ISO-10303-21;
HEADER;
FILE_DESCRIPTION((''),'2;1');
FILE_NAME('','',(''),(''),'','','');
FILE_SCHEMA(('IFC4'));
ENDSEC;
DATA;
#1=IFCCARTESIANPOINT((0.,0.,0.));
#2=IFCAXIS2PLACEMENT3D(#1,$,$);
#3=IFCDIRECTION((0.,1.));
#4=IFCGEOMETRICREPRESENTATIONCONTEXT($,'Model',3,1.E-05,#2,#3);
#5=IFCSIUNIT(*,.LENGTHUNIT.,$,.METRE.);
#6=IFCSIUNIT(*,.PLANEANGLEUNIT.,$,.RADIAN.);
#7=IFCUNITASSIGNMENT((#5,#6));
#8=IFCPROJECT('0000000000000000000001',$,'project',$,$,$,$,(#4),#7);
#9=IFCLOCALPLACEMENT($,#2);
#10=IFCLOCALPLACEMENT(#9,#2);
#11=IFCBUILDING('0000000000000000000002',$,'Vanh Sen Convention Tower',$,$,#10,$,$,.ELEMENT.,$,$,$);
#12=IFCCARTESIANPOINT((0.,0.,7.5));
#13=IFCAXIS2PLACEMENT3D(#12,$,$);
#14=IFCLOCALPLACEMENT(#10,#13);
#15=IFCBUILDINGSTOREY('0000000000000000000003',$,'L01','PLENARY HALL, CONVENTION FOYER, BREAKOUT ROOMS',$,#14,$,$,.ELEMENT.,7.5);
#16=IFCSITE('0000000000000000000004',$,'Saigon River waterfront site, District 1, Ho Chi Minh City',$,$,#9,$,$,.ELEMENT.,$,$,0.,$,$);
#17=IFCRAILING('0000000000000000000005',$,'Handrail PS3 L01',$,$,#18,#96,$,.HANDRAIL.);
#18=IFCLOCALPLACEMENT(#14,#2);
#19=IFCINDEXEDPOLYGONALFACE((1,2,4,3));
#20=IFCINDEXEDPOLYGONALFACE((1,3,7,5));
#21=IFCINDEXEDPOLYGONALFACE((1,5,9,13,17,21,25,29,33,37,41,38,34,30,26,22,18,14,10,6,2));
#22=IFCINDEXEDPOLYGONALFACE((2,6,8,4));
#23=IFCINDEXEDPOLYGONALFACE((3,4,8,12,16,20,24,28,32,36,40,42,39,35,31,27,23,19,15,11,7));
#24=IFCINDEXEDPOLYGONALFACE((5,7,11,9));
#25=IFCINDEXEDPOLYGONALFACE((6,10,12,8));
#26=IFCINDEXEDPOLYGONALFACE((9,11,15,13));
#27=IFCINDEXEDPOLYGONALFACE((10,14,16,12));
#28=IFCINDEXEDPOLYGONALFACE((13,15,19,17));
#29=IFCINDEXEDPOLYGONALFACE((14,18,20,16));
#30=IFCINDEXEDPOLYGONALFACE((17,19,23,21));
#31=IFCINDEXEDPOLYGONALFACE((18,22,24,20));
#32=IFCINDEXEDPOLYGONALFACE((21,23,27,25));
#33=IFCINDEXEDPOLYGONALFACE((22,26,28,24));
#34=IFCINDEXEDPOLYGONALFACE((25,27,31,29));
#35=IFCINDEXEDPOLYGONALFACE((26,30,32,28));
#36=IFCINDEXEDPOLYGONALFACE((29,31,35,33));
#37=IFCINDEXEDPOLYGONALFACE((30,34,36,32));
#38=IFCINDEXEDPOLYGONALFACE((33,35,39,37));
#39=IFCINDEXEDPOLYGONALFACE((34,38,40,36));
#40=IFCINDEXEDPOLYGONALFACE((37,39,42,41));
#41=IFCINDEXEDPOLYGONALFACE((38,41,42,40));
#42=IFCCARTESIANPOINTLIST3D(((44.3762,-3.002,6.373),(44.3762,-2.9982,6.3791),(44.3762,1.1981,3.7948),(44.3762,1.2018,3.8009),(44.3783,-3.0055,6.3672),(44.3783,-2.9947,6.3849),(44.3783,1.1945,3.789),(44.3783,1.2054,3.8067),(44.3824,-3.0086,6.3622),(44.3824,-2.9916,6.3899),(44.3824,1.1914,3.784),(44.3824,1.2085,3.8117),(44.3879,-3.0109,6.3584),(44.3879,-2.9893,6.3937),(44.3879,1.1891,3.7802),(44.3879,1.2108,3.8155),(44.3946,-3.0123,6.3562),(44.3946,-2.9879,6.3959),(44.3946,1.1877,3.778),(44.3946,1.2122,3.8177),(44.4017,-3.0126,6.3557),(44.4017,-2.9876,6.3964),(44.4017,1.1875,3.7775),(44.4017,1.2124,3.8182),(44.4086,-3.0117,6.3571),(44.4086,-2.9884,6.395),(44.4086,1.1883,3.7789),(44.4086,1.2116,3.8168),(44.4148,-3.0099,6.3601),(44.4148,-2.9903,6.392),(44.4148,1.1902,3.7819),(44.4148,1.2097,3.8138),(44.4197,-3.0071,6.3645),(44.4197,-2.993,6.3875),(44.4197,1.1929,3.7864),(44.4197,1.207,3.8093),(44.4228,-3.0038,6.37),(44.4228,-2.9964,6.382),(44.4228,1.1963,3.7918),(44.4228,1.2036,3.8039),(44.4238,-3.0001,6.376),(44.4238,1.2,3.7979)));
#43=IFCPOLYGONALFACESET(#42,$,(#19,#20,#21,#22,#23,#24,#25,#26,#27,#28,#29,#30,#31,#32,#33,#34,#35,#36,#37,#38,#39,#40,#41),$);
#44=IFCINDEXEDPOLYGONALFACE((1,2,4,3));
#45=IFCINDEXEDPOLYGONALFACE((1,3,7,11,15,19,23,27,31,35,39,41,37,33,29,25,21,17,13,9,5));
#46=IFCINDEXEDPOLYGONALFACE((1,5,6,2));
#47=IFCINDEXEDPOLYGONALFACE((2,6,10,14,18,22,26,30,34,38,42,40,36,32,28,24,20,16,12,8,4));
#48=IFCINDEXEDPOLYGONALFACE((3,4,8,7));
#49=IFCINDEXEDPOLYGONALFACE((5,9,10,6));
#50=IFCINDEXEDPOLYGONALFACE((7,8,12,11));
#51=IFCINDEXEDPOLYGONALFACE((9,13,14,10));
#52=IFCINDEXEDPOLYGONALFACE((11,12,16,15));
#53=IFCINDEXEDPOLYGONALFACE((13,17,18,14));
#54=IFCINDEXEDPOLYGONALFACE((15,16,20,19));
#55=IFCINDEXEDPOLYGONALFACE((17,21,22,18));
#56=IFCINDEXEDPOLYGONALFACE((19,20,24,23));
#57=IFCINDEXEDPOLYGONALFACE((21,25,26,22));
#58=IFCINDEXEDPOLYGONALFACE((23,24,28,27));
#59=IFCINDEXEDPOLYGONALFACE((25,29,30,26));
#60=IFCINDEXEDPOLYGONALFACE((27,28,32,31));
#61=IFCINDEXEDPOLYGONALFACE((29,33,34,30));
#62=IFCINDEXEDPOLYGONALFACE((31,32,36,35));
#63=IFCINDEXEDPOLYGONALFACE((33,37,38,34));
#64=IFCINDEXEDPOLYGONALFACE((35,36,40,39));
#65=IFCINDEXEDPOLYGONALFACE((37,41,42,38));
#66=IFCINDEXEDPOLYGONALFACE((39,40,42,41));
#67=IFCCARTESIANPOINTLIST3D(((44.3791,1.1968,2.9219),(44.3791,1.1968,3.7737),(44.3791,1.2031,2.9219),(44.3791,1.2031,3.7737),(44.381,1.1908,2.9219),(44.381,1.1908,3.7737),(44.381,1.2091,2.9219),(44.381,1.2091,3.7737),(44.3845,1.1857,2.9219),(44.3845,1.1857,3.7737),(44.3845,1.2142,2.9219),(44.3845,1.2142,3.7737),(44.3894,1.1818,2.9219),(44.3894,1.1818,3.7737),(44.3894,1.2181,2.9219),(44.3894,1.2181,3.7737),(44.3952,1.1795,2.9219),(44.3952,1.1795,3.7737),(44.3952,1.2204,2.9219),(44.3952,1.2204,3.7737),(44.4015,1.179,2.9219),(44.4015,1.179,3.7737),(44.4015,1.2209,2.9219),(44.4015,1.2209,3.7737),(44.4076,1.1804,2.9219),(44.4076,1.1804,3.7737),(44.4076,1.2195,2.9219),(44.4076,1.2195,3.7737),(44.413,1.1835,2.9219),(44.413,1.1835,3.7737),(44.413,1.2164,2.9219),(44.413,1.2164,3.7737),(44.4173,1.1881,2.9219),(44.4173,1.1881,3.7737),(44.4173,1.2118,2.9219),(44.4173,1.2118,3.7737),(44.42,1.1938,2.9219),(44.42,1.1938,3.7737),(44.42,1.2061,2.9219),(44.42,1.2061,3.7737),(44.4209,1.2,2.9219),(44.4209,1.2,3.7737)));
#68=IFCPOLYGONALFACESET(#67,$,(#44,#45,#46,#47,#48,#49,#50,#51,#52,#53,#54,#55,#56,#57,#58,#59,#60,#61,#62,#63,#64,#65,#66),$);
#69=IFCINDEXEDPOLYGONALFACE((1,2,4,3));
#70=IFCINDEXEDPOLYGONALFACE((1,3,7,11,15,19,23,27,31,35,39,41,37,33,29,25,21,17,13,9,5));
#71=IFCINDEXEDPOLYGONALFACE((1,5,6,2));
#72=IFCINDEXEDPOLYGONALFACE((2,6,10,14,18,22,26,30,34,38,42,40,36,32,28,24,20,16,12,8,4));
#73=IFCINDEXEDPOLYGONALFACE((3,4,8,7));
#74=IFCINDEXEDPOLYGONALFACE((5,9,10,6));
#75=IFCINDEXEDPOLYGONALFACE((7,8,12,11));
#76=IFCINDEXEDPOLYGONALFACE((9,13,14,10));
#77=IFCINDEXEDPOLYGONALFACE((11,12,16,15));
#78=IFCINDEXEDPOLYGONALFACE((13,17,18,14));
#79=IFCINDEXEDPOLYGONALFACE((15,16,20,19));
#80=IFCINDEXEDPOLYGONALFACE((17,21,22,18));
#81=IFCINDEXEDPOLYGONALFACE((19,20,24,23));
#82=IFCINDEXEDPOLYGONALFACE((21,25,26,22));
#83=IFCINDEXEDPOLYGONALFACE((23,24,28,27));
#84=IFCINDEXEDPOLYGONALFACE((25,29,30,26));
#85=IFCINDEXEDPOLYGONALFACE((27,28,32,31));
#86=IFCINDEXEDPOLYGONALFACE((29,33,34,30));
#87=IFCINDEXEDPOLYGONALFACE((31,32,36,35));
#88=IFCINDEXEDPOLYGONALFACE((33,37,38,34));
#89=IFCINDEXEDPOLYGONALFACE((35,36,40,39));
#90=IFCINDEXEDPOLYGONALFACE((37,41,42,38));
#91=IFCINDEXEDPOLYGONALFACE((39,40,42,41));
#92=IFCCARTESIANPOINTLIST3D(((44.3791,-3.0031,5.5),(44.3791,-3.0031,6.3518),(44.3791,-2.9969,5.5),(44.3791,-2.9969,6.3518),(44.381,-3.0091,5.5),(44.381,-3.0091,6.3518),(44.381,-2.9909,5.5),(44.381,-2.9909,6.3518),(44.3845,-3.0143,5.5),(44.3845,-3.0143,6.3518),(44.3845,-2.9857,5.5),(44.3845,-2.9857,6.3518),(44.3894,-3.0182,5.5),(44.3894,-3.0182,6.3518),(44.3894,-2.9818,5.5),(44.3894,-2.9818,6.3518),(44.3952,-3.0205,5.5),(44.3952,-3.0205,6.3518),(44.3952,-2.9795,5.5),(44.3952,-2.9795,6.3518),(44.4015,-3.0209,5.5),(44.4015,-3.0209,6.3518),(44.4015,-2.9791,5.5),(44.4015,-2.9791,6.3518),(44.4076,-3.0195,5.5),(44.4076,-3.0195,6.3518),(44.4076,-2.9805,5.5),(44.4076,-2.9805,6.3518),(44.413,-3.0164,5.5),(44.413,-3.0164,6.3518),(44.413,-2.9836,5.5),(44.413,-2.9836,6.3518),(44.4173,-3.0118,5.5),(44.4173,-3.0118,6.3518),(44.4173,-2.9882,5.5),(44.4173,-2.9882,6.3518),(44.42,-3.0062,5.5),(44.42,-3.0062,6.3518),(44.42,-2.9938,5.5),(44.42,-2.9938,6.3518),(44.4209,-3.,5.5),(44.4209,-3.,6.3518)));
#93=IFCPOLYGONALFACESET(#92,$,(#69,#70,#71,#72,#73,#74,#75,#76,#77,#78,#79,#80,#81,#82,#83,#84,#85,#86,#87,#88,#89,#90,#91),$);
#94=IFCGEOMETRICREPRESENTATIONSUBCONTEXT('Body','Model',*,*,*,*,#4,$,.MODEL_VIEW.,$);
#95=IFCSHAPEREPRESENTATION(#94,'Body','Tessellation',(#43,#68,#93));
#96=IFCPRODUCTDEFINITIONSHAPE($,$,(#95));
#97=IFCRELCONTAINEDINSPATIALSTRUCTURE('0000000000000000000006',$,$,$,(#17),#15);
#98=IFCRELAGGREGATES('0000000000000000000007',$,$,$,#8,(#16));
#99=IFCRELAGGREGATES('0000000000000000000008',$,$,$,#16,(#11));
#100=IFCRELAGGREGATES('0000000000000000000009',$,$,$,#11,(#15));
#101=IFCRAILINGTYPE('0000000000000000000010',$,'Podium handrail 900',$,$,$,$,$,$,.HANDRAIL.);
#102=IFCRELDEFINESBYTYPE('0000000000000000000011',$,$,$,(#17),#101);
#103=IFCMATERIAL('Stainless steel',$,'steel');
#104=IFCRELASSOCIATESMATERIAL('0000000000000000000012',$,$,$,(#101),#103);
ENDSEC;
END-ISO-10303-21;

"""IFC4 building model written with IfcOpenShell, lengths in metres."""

from ifc_helpers import new_model, si_unit, direction, frame, origin, origin_2d, place, context, subcontext, project, spatial, circle, extrude, material, type_object, element, save


model = new_model("IFC4")

# Units and contexts
model_context = context("Model", 3, precision=1e-05, world=origin(), true_north=direction((0.0, 1.0)))
body_context = subcontext(model_context, "Body", "Model", "MODEL_VIEW")
ifc_project = project(units=[si_unit("LENGTHUNIT", "METRE"), si_unit("PLANEANGLEUNIT", "RADIAN")], contexts=[model_context])

# Site, building, storey
site_placement = place(None, origin())
site = spatial("IfcSite", under=ifc_project, at=site_placement, Name="Saigon River waterfront site, District 1, Ho Chi Minh City", CompositionType="ELEMENT", RefElevation=0.0)
building_placement = place(site_placement, origin())
building = spatial("IfcBuilding", under=site, at=building_placement, Name="Vanh Sen Convention Tower", CompositionType="ELEMENT")
storey_placement = place(building_placement, frame((0.0, 0.0, 7.5)))
storey = spatial("IfcBuildingStorey", under=building, at=storey_placement, Name="L01", Description="PLENARY HALL, CONVENTION FOYER, BREAKOUT ROOMS", CompositionType="ELEMENT", Elevation=7.5)

# Railing
ifc_material_1 = material(Name="Stainless steel", Category="steel")
railing_type = type_object("IfcRailingType", Name="Podium handrail 900", PredefinedType="HANDRAIL", material=ifc_material_1)
railing_placement = place(storey_placement, frame((44.3999, 1.2, 2.9219)))
element("IfcRailing", 1, at=railing_placement, inside=storey, type_object=railing_type, Name="Handrail PS3 L01", PredefinedType="HANDRAIL", context=body_context, shape_type="SweptSolid", body=[
    extrude(circle(Radius=0.0239, at=origin_2d()), frame((0.0, 0.0, 0.876), z_axis=(0.0, -0.852243, 0.523146), x_axis=(1.0, 0.0, 0.0)), (0.0, 0.0, 1.0), 4.9282),
    extrude(circle(Radius=0.021, at=origin_2d()), origin(), (0.0, 0.0, 1.0), 0.8518),
    extrude(circle(Radius=0.021, at=origin_2d()), frame((0.0, -4.2, 2.5781)), (0.0, 0.0, 1.0), 0.8518),
])

save(model, "model.ifc")
